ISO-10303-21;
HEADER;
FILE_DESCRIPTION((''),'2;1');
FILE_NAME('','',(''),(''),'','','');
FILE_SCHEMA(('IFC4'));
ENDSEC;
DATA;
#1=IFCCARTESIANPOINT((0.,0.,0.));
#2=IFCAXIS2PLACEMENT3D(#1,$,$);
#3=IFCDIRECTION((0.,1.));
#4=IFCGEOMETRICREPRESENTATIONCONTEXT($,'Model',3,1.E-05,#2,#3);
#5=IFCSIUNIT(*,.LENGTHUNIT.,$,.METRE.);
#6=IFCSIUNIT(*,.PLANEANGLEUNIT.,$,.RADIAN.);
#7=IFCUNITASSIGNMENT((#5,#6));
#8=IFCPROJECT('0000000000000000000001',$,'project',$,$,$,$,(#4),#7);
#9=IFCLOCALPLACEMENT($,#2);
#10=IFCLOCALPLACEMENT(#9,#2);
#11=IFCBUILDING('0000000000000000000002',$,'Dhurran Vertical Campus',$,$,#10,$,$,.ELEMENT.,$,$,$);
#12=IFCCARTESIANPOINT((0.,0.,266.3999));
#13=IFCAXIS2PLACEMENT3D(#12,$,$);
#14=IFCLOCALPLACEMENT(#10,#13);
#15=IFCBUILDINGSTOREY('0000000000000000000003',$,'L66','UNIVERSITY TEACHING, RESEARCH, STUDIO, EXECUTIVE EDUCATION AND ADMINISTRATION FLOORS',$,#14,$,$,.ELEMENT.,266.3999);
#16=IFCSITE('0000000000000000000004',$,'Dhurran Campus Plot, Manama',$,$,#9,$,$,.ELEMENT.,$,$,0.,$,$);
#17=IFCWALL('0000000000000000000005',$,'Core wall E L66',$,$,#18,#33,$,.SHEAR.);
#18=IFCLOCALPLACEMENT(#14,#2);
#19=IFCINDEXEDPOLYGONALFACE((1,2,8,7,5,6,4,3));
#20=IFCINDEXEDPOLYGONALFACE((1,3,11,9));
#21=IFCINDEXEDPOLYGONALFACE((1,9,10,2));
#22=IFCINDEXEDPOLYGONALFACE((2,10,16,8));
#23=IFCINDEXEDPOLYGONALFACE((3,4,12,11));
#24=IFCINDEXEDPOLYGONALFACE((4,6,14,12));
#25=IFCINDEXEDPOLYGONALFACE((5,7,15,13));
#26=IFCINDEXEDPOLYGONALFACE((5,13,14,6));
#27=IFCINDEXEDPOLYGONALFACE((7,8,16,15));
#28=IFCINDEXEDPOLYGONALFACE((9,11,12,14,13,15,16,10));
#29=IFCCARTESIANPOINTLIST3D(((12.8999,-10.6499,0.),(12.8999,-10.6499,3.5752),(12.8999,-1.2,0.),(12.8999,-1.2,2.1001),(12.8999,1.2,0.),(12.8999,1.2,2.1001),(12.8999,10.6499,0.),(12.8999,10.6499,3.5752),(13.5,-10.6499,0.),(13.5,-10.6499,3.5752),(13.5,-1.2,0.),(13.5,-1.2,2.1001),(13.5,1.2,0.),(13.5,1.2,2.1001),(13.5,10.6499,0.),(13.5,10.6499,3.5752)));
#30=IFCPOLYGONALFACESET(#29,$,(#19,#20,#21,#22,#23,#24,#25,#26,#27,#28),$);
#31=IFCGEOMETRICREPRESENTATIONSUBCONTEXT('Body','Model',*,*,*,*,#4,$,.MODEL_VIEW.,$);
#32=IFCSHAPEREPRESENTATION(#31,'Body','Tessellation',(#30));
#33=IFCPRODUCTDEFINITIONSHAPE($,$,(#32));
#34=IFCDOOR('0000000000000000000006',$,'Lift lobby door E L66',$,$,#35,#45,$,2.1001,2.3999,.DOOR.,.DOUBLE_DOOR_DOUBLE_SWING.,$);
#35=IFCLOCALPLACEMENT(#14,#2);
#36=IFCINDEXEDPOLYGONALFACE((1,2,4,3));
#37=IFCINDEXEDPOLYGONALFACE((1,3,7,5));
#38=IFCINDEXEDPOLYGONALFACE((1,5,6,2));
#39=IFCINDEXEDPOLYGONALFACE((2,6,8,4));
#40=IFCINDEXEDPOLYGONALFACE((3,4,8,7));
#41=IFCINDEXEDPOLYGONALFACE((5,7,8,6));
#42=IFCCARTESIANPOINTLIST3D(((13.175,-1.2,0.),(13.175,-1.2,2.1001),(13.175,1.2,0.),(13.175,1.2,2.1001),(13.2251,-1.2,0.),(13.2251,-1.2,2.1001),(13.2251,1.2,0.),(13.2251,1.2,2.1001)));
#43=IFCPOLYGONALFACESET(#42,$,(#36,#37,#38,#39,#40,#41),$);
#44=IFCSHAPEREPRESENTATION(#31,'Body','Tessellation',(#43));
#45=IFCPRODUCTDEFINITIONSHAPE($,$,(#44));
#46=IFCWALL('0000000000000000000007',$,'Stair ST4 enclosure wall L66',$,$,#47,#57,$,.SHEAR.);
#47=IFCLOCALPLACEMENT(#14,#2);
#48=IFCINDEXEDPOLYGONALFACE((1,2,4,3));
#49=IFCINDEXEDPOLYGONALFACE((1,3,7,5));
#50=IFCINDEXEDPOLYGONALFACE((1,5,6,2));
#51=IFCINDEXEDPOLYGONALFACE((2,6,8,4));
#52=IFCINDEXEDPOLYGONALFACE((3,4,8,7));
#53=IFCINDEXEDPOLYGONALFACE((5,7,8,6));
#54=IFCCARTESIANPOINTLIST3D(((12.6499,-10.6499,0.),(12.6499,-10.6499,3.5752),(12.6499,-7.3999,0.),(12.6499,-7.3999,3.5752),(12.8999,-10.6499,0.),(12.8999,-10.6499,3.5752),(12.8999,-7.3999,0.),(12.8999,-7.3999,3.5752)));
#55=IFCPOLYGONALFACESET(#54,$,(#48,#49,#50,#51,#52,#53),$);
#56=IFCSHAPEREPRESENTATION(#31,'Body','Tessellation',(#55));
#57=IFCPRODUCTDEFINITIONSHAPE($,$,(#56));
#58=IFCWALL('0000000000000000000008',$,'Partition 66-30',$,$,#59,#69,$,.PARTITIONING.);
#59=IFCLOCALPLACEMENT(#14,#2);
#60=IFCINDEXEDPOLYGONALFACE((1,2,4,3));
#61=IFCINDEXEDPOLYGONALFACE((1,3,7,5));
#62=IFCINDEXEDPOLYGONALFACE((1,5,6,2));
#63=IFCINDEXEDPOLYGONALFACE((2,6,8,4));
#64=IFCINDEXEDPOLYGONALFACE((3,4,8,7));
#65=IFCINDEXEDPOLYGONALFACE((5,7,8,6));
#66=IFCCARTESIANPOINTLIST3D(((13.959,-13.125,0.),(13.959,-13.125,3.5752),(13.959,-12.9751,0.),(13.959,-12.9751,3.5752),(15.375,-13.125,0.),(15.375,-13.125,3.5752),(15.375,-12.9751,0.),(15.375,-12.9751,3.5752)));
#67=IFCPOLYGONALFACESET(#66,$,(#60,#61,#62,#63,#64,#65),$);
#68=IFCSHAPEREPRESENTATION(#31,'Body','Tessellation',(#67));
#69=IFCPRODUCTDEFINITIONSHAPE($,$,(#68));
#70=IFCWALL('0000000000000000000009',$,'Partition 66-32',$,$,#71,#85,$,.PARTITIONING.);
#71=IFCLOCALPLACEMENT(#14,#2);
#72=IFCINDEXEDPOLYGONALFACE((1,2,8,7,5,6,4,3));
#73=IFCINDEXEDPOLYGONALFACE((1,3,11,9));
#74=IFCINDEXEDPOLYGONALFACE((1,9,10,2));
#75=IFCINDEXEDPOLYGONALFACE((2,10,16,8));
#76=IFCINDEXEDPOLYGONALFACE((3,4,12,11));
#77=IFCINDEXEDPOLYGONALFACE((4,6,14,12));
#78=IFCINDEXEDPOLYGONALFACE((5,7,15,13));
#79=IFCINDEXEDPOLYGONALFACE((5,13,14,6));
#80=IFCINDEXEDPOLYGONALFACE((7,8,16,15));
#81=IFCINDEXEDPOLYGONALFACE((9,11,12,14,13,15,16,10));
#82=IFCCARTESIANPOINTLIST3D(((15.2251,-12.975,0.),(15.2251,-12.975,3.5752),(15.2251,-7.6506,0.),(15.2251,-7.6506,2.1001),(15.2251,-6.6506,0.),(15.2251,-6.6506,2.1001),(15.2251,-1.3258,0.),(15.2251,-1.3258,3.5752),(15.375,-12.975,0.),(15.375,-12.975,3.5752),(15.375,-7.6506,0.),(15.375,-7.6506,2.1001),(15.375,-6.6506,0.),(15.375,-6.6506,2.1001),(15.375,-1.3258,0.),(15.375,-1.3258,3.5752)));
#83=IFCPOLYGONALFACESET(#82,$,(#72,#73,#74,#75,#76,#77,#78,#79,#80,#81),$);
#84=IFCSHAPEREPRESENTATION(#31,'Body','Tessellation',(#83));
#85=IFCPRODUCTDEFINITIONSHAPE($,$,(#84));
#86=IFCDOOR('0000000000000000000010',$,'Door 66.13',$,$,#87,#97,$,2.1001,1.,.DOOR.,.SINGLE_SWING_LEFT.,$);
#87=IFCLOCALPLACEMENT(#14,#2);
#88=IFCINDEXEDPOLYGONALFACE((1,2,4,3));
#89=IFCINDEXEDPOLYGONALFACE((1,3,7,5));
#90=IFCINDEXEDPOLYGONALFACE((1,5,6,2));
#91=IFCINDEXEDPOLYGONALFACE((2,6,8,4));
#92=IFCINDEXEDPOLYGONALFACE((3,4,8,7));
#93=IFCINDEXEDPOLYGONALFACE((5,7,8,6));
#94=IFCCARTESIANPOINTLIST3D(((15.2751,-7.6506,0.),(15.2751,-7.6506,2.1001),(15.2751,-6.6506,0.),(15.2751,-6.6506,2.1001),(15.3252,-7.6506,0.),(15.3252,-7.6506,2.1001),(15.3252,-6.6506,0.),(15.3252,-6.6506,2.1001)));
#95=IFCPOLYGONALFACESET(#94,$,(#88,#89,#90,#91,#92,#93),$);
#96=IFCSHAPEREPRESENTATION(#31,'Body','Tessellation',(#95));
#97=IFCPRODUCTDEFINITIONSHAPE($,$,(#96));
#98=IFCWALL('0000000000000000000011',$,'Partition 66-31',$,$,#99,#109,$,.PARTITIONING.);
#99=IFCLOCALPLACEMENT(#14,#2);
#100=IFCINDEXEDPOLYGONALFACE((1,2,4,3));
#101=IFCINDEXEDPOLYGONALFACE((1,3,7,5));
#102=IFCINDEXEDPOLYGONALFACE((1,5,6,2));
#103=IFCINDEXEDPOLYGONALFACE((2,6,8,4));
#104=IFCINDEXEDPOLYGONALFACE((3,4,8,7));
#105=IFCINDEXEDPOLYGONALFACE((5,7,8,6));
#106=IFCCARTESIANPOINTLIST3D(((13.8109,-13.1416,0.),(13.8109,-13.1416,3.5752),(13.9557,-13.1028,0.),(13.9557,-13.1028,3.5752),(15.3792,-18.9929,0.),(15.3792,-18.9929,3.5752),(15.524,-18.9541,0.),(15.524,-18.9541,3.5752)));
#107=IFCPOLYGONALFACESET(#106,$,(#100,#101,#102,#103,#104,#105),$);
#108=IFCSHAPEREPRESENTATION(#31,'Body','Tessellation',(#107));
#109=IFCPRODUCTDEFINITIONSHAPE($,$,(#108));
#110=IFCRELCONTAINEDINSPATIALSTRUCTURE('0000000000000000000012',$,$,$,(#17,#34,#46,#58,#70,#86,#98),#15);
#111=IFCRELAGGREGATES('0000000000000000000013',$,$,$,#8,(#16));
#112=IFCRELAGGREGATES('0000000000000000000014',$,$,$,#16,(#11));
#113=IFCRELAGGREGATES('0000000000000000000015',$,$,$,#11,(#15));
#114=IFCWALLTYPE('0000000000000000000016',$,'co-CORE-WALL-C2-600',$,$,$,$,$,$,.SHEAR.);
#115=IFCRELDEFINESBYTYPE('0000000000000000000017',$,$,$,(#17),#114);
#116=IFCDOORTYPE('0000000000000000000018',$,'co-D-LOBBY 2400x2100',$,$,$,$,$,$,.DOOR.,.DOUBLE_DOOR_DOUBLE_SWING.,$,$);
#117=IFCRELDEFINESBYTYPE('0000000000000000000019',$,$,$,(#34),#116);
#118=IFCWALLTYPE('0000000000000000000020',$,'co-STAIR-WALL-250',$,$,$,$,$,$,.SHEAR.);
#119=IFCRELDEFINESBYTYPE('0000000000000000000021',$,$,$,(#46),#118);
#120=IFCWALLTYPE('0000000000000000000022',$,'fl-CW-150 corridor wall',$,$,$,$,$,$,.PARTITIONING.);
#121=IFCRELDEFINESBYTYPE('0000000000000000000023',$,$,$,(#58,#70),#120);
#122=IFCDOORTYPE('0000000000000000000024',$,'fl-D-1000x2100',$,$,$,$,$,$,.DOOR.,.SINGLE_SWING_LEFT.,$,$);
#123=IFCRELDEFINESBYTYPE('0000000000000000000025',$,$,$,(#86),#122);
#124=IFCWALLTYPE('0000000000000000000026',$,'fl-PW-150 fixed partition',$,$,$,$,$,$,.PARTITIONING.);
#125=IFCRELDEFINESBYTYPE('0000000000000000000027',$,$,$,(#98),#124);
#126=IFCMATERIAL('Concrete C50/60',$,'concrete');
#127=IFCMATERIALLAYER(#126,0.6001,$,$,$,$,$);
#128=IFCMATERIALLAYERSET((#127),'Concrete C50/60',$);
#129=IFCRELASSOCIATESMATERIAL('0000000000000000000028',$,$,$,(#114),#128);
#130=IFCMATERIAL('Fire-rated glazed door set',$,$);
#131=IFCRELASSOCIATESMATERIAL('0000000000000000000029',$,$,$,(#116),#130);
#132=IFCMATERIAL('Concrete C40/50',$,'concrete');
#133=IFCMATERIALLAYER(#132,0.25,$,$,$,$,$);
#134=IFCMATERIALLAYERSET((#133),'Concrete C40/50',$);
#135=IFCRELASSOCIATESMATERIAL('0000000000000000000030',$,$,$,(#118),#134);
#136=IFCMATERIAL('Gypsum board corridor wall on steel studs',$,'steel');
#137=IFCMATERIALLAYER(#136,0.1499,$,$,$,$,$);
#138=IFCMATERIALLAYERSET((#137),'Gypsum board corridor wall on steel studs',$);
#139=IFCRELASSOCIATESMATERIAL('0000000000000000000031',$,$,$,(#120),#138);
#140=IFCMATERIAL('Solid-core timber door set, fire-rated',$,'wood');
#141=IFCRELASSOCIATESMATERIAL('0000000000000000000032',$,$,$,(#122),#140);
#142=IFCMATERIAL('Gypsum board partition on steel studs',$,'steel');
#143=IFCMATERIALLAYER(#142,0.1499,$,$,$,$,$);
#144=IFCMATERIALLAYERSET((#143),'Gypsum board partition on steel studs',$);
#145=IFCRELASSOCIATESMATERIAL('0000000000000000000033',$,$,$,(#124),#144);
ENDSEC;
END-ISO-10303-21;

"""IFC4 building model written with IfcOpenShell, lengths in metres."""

from ifc_helpers import new_model, si_unit, direction, frame, frame_2d, origin, place, context, subcontext, project, spatial, rectangle, extrude, material, layer, layer_set, type_object, element, fill, save


model = new_model("IFC4")

# Units and contexts
model_context = context("Model", 3, precision=1e-05, world=origin(), true_north=direction((0.0, 1.0)))
body_context = subcontext(model_context, "Body", "Model", "MODEL_VIEW")
ifc_project = project(units=[si_unit("LENGTHUNIT", "METRE"), si_unit("PLANEANGLEUNIT", "RADIAN")], contexts=[model_context])

# Site, building, storey
site_placement = place(None, origin())
site = spatial("IfcSite", under=ifc_project, at=site_placement, Name="Dhurran Campus Plot, Manama", CompositionType="ELEMENT", RefElevation=0.0)
building_placement = place(site_placement, origin())
building = spatial("IfcBuilding", under=site, at=building_placement, Name="Dhurran Vertical Campus", CompositionType="ELEMENT")
storey_placement = place(building_placement, frame((0.0, 0.0, 266.3999)))
storey = spatial("IfcBuildingStorey", under=building, at=storey_placement, Name="L66", Description="UNIVERSITY TEACHING, RESEARCH, STUDIO, EXECUTIVE EDUCATION AND ADMINISTRATION FLOORS", CompositionType="ELEMENT", Elevation=266.3999)

# Wall, opening, door
ifc_material_1 = material(Name="Concrete C50/60", Category="concrete")
ifc_layer_1 = layer(ifc_material_1, 0.6001)
ifc_layer_set_1 = layer_set([ifc_layer_1], Name="Concrete C50/60")
wall_type_1 = type_object("IfcWallType", Name="co-CORE-WALL-C2-600", PredefinedType="SHEAR", material=ifc_layer_set_1)
wall_1_placement = place(storey_placement, frame((13.2, -10.6499, 0.0), z_axis=(0.0, 0.0, 1.0), x_axis=(0.0, 1.0, 0.0)))
wall_1 = element("IfcWall", 1, at=wall_1_placement, inside=storey, type_object=wall_type_1, Name="Core wall E L66", PredefinedType="SHEAR", context=body_context, shape_type="SweptSolid", body=[
    extrude(rectangle(XDim=21.2998, YDim=0.6001, at=frame_2d((10.6499, 0.0))), origin(), (0.0, 0.0, 1.0), 3.5752),
])
opening_1_placement = place(wall_1_placement, frame((9.45, 0.0, 0.0)))
opening_1 = element("IfcOpeningElement", 2, at=opening_1_placement, cuts=wall_1, PredefinedType="OPENING", context=body_context, shape_type="SweptSolid", body=[
    extrude(rectangle(XDim=2.3999, YDim=2.1001, at=frame_2d((1.2, 1.05))), frame((0.0, 0.3101, 0.0), z_axis=(0.0, -1.0, 0.0), x_axis=(1.0, 0.0, 0.0)), (0.0, 0.0, 1.0), 0.6201),
])
ifc_material_2 = material(Name="Fire-rated glazed door set")
door_type_1 = type_object("IfcDoorType", Name="co-D-LOBBY 2400x2100", OperationType="DOUBLE_DOOR_DOUBLE_SWING", PredefinedType="DOOR", material=ifc_material_2)
door_1_placement = place(opening_1_placement, origin())
door_1 = element("IfcDoor", 3, at=door_1_placement, inside=storey, type_object=door_type_1, Name="Lift lobby door E L66", OperationType="DOUBLE_DOOR_DOUBLE_SWING", OverallHeight=2.1001, OverallWidth=2.3999, PredefinedType="DOOR", context=body_context, shape_type="SweptSolid", body=[
    extrude(rectangle(XDim=2.3999, YDim=2.1001, at=frame_2d((1.2, 1.05))), frame((0.0, 0.0249, 0.0), z_axis=(0.0, -1.0, 0.0), x_axis=(1.0, 0.0, 0.0)), (0.0, 0.0, 1.0), 0.05),
])
fill(opening_1, door_1)

# Walls
ifc_material_3 = material(Name="Concrete C40/50", Category="concrete")
ifc_layer_2 = layer(ifc_material_3, 0.25)
ifc_layer_set_2 = layer_set([ifc_layer_2], Name="Concrete C40/50")
wall_type_2 = type_object("IfcWallType", Name="co-STAIR-WALL-250", PredefinedType="SHEAR", material=ifc_layer_set_2)
wall_2_placement = place(storey_placement, frame((12.7749, -10.6499, 0.0), z_axis=(0.0, 0.0, 1.0), x_axis=(0.0, 1.0, 0.0)))
element("IfcWall", 4, at=wall_2_placement, inside=storey, type_object=wall_type_2, Name="Stair ST4 enclosure wall L66", PredefinedType="SHEAR", context=body_context, shape_type="SweptSolid", body=[
    extrude(rectangle(XDim=3.25, YDim=0.25, at=frame_2d((1.625, 0.0))), origin(), (0.0, 0.0, 1.0), 3.5752),
])
ifc_material_4 = material(Name="Gypsum board corridor wall on steel studs", Category="steel")
ifc_layer_3 = layer(ifc_material_4, 0.1499)
ifc_layer_set_3 = layer_set([ifc_layer_3], Name="Gypsum board corridor wall on steel studs")
wall_type_3 = type_object("IfcWallType", Name="fl-CW-150 corridor wall", PredefinedType="PARTITIONING", material=ifc_layer_set_3)
wall_3_placement = place(storey_placement, frame((13.959, -13.05, 0.0), z_axis=(0.0, 0.0, 1.0), x_axis=(1.0, 0.0, 0.0)))
element("IfcWall", 5, at=wall_3_placement, inside=storey, type_object=wall_type_3, Name="Partition 66-30", PredefinedType="PARTITIONING", context=body_context, shape_type="SweptSolid", body=[
    extrude(rectangle(XDim=1.416, YDim=0.1499, at=frame_2d((0.708, 0.0))), origin(), (0.0, 0.0, 1.0), 3.5752),
])

# Wall, opening, door
wall_4_placement = place(storey_placement, frame((15.3, -12.9751, 0.0), z_axis=(0.0, 0.0, 1.0), x_axis=(0.0, 1.0, 0.0)))
wall_4 = element("IfcWall", 6, at=wall_4_placement, inside=storey, type_object=wall_type_3, Name="Partition 66-32", PredefinedType="PARTITIONING", context=body_context, shape_type="SweptSolid", body=[
    extrude(rectangle(XDim=11.6492, YDim=0.1499, at=frame_2d((5.8247, 0.0))), origin(), (0.0, 0.0, 1.0), 3.5752),
])
opening_2_placement = place(wall_4_placement, frame((5.3245, 0.0, 0.0)))
opening_2 = element("IfcOpeningElement", 7, at=opening_2_placement, cuts=wall_4, PredefinedType="OPENING", context=body_context, shape_type="SweptSolid", body=[
    extrude(rectangle(XDim=1.0, YDim=2.1001, at=frame_2d((0.5, 1.05))), frame((0.0, 0.085, 0.0), z_axis=(0.0, -1.0, 0.0), x_axis=(1.0, 0.0, 0.0)), (0.0, 0.0, 1.0), 0.1699),
])
ifc_material_5 = material(Name="Solid-core timber door set, fire-rated", Category="wood")
door_type_2 = type_object("IfcDoorType", Name="fl-D-1000x2100", OperationType="SINGLE_SWING_LEFT", PredefinedType="DOOR", material=ifc_material_5)
door_2_placement = place(opening_2_placement, origin())
door_2 = element("IfcDoor", 8, at=door_2_placement, inside=storey, type_object=door_type_2, Name="Door 66.13", OperationType="SINGLE_SWING_LEFT", OverallHeight=2.1001, OverallWidth=1.0, PredefinedType="DOOR", context=body_context, shape_type="SweptSolid", body=[
    extrude(rectangle(XDim=1.0, YDim=2.1001, at=frame_2d((0.5, 1.05))), frame((0.0, 0.0249, 0.0), z_axis=(0.0, -1.0, 0.0), x_axis=(1.0, 0.0, 0.0)), (0.0, 0.0, 1.0), 0.05),
])
fill(opening_2, door_2)

# Wall
ifc_material_6 = material(Name="Gypsum board partition on steel studs", Category="steel")
ifc_layer_4 = layer(ifc_material_6, 0.1499)
ifc_layer_set_4 = layer_set([ifc_layer_4], Name="Gypsum board partition on steel studs")
wall_type_4 = type_object("IfcWallType", Name="fl-PW-150 fixed partition", PredefinedType="PARTITIONING", material=ifc_layer_set_4)
wall_5_placement = place(storey_placement, frame((13.8833, -13.1223, 0.0), z_axis=(0.0, 0.0, 1.0), x_axis=(0.258897, -0.965905, 0.0)))
element("IfcWall", 9, at=wall_5_placement, inside=storey, type_object=wall_type_4, Name="Partition 66-31", PredefinedType="PARTITIONING", context=body_context, shape_type="SweptSolid", body=[
    extrude(rectangle(XDim=6.0579, YDim=0.1499, at=frame_2d((3.0288, 0.0))), origin(), (0.0, 0.0, 1.0), 3.5752),
])

save(model, "model.ifc")
